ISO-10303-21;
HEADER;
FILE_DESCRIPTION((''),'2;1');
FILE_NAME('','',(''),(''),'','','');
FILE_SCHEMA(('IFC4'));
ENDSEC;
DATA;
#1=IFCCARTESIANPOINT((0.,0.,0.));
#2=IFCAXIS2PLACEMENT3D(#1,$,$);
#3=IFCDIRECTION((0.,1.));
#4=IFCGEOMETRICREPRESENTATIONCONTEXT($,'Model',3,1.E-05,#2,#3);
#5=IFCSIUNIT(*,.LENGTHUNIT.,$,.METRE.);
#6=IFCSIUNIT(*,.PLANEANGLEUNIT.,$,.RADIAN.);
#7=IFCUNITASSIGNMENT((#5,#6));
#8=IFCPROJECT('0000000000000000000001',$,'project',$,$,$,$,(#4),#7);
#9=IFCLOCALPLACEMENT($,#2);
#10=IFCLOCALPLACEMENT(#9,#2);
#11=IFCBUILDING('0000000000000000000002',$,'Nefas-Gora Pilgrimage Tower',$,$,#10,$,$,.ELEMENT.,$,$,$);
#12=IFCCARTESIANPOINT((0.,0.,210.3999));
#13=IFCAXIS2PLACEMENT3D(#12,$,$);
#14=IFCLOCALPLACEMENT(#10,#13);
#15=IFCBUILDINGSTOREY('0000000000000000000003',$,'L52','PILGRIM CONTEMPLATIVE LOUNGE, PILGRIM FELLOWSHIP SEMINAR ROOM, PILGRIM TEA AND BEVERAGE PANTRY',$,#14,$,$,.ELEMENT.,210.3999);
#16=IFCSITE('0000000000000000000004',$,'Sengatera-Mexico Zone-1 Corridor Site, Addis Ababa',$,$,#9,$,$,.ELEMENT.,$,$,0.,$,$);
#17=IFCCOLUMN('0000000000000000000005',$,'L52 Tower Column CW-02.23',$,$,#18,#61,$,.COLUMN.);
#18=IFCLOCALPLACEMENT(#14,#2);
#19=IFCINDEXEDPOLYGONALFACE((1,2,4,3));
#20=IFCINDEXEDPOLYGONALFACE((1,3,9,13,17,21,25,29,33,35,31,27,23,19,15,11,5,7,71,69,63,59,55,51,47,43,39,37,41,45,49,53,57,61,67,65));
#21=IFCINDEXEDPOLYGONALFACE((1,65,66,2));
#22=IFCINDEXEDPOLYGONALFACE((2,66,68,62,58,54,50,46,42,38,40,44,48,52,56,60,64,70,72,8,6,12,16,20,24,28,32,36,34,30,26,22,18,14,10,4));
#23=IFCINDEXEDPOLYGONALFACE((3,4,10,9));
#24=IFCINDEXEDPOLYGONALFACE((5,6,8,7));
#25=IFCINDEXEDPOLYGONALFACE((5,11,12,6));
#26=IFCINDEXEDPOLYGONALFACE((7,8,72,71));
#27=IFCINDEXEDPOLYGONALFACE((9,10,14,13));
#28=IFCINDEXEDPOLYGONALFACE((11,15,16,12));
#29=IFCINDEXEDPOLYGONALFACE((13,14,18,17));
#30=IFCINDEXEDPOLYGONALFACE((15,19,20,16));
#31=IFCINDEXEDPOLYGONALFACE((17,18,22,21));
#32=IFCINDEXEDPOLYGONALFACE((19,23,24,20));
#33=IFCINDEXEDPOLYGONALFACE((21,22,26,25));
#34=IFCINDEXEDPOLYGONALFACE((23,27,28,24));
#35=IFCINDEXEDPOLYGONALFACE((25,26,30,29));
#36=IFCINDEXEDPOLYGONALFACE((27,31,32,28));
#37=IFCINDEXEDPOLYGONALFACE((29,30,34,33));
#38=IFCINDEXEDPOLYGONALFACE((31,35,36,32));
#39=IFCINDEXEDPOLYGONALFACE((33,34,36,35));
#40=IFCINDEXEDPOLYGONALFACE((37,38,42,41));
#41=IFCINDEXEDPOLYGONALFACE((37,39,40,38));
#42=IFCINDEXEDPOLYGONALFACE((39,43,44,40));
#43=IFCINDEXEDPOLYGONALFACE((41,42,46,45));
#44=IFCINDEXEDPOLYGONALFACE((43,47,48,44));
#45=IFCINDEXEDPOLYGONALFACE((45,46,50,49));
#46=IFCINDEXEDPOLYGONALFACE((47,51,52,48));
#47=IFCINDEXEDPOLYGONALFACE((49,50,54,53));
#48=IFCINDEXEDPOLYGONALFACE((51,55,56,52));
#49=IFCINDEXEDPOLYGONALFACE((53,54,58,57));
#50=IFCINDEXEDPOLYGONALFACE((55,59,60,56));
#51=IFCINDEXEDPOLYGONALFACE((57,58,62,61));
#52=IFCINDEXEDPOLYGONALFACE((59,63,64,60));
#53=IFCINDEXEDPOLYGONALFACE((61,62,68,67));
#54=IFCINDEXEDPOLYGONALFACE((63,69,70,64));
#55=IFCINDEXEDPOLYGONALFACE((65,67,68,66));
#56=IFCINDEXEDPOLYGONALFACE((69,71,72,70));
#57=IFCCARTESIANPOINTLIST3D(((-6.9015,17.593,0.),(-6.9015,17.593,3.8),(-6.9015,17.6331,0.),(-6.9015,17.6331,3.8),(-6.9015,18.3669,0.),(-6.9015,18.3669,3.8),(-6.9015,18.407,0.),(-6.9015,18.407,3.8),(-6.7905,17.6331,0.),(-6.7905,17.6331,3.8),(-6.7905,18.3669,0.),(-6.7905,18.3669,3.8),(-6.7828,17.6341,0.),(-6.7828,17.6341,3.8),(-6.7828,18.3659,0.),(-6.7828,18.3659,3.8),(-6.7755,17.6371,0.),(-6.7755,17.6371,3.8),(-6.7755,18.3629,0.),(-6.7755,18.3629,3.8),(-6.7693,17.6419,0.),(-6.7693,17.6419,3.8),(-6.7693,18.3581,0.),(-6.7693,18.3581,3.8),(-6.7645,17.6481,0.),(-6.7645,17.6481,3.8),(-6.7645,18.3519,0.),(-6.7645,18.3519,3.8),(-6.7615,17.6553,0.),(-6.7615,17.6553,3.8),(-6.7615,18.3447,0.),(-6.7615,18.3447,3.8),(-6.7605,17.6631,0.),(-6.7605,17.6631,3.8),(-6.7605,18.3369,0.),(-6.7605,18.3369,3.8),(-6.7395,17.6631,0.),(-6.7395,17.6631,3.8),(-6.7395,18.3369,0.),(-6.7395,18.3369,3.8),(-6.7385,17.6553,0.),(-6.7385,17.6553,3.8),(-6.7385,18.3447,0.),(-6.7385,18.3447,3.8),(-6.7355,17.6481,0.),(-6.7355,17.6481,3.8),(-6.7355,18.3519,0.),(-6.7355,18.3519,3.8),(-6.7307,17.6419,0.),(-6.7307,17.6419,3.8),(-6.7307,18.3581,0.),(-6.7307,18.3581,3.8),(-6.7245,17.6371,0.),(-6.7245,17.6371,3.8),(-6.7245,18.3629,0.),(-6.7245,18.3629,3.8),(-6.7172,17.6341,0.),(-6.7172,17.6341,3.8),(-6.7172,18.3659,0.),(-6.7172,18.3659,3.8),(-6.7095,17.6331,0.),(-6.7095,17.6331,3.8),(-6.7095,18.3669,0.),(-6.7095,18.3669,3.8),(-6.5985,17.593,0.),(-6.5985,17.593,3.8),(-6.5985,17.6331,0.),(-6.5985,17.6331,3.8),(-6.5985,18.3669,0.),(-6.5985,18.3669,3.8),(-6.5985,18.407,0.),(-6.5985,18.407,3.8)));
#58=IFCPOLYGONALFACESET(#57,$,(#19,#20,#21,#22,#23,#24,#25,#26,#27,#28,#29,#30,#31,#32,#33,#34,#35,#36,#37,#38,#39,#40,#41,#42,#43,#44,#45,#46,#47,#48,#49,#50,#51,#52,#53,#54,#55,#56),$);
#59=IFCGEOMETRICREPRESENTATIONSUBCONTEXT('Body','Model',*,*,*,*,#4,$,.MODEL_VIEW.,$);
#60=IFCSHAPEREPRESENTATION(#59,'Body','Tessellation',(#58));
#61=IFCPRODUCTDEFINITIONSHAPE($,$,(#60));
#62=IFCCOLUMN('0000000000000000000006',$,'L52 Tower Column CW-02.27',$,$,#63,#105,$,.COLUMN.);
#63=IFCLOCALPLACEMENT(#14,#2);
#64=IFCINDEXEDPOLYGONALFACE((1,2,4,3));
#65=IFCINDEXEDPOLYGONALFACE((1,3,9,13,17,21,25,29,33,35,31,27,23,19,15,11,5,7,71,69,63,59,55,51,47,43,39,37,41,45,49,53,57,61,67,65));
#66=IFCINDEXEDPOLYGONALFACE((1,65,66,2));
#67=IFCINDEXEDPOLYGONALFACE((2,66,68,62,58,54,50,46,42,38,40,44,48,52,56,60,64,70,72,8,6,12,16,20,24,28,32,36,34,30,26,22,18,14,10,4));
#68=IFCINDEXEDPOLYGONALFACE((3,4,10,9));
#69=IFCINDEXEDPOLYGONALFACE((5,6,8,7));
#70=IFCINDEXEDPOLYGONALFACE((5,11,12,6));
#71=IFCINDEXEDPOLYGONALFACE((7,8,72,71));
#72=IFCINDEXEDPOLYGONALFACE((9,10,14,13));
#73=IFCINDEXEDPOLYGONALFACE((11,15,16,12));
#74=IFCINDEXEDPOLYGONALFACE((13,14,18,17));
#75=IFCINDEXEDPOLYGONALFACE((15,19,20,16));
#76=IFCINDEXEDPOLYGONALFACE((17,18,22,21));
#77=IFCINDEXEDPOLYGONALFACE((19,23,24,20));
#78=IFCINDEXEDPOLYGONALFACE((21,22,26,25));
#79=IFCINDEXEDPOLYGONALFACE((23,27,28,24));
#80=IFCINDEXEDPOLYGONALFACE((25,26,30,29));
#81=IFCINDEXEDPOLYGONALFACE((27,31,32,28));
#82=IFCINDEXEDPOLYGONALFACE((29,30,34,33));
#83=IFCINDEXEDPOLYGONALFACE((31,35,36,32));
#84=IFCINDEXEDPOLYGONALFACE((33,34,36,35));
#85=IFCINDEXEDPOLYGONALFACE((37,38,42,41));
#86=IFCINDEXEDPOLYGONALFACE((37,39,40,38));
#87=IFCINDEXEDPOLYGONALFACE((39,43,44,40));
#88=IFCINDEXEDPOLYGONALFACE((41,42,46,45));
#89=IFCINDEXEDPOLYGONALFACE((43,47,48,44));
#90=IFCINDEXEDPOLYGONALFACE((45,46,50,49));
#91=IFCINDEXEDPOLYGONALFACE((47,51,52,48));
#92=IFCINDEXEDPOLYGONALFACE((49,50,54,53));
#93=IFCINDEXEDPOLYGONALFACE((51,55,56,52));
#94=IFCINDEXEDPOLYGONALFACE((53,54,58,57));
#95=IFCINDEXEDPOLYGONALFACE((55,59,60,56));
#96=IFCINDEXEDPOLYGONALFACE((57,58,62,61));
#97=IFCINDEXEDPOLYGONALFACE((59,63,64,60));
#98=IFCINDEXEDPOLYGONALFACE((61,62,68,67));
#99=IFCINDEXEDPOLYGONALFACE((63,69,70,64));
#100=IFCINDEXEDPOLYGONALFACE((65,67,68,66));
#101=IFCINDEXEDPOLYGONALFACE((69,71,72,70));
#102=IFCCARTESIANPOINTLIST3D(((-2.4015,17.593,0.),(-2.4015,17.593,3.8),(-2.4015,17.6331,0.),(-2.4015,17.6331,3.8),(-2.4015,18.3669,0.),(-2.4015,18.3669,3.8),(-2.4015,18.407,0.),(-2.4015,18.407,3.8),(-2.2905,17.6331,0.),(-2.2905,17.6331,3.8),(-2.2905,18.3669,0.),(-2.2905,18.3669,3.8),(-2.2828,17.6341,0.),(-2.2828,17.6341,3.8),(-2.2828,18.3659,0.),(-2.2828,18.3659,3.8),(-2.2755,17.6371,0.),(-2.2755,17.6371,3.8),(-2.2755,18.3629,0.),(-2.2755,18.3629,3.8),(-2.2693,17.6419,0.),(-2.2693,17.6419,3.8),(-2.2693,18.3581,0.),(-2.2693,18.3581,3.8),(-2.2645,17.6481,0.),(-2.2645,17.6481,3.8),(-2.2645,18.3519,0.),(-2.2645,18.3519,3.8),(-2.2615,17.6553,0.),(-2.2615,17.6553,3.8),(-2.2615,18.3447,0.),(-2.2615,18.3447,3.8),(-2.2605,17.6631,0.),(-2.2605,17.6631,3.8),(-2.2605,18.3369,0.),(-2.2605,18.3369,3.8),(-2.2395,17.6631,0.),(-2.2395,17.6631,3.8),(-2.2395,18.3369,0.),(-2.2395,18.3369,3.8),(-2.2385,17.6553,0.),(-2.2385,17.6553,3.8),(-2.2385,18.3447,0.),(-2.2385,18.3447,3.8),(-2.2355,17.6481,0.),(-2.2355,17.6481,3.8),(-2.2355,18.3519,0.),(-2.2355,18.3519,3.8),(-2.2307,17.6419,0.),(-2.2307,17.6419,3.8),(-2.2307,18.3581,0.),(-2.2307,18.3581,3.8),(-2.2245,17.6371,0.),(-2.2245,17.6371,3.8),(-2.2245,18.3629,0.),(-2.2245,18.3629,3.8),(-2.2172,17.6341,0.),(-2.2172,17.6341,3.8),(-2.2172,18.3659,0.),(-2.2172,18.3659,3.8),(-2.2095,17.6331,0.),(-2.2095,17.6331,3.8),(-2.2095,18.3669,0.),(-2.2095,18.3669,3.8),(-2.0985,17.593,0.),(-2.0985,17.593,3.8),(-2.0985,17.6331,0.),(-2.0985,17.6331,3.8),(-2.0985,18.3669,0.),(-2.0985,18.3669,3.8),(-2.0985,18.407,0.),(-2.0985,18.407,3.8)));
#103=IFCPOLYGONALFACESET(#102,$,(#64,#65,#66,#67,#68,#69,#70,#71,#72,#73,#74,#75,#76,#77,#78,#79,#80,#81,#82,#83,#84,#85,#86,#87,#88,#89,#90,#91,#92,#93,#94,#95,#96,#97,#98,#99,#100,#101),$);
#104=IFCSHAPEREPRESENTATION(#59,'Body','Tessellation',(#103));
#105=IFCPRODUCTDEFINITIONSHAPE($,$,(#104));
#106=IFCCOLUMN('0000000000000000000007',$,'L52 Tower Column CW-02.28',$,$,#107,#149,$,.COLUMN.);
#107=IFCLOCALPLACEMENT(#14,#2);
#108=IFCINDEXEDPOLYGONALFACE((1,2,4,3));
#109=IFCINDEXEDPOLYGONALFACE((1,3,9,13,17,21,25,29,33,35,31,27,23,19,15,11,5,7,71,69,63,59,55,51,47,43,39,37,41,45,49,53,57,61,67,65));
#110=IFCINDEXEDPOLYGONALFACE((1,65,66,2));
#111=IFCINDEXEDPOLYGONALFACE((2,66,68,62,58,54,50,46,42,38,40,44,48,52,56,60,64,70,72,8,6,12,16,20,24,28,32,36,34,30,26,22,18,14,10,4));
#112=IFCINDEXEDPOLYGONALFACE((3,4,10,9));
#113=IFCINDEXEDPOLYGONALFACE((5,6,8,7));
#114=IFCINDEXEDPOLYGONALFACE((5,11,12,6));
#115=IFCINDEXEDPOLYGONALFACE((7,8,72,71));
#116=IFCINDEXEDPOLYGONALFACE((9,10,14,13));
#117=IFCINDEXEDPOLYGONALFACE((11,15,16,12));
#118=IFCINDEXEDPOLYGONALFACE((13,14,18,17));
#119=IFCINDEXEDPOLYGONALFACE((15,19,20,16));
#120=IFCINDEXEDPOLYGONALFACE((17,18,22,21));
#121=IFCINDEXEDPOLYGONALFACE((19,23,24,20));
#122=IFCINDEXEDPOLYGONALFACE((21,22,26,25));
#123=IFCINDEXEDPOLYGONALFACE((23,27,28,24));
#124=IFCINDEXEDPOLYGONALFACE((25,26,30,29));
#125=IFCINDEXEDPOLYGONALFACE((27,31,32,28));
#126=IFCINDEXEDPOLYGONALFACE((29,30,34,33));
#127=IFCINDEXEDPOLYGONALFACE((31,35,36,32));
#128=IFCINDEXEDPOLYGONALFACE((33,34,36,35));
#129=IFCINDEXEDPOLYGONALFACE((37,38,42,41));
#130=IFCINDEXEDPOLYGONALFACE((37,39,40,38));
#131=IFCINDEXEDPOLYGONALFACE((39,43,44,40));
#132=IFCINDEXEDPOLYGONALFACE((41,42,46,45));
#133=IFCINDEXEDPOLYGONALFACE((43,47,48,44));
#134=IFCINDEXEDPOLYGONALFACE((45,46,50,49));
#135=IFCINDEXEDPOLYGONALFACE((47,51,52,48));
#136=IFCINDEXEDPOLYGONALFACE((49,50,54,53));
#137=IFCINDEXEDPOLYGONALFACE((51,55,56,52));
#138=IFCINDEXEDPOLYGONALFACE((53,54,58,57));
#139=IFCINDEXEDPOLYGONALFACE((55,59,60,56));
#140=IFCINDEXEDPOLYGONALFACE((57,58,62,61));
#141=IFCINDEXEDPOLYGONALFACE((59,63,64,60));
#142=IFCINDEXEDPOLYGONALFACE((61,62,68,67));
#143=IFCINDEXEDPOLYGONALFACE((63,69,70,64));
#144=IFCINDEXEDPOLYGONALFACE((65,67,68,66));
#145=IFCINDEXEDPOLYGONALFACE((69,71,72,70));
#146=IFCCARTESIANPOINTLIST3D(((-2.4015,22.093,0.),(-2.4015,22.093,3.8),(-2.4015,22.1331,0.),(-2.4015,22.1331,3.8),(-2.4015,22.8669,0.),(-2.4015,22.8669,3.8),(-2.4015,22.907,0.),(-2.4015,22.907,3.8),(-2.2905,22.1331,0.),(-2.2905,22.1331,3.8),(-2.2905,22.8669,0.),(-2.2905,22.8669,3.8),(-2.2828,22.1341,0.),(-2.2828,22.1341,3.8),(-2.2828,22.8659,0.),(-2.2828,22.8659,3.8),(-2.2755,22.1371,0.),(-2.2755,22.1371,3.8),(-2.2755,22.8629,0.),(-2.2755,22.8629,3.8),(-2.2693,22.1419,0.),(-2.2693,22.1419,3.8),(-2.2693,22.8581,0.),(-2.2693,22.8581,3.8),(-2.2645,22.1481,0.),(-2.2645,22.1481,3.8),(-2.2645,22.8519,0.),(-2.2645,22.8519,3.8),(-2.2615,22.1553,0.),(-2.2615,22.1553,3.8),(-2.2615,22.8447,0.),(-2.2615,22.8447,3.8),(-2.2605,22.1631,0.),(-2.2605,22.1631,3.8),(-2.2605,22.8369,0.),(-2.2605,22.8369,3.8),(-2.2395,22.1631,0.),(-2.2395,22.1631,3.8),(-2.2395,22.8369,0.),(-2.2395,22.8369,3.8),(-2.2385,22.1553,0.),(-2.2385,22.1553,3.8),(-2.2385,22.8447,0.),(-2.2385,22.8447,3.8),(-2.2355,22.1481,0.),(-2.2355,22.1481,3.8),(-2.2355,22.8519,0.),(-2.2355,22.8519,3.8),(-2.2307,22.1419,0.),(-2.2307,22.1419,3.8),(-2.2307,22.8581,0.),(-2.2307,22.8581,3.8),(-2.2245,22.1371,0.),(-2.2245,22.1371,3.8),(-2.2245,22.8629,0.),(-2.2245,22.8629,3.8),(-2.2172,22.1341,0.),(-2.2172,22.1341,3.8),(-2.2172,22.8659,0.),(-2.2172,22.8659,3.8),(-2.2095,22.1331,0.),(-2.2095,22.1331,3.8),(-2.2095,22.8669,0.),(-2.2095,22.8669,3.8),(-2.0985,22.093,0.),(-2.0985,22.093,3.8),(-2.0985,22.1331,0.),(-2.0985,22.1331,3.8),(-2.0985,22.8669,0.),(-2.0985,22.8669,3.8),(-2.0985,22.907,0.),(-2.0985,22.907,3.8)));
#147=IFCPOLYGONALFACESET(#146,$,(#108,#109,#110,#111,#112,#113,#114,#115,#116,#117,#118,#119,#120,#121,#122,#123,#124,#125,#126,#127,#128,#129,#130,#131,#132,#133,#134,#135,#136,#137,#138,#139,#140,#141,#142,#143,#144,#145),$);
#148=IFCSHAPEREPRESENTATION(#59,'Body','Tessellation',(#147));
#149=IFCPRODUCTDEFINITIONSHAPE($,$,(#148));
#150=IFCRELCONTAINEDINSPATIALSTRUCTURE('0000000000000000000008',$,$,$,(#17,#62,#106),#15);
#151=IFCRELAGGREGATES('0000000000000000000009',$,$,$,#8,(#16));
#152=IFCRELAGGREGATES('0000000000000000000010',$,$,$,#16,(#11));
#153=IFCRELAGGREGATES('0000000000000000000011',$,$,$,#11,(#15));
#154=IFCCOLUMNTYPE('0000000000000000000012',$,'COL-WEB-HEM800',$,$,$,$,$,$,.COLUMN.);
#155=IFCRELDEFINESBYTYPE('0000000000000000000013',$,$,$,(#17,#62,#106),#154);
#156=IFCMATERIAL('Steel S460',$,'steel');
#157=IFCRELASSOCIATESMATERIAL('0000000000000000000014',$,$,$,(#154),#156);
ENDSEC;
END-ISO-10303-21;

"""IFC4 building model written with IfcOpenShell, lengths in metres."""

from ifc_helpers import new_model, si_unit, direction, frame, origin, origin_2d, place, context, subcontext, project, spatial, i_section, extrude, source, transform, mapped, material, material_profile, profile_set, type_object, element, save


model = new_model("IFC4")

# Units and contexts
model_context = context("Model", 3, precision=1e-05, world=origin(), true_north=direction((0.0, 1.0)))
body_context = subcontext(model_context, "Body", "Model", "MODEL_VIEW")
ifc_project = project(units=[si_unit("LENGTHUNIT", "METRE"), si_unit("PLANEANGLEUNIT", "RADIAN")], contexts=[model_context])

# Site, building, storey
site_placement = place(None, origin())
site = spatial("IfcSite", under=ifc_project, at=site_placement, Name="Sengatera-Mexico Zone-1 Corridor Site, Addis Ababa", CompositionType="ELEMENT", RefElevation=0.0)
building_placement = place(site_placement, origin())
building = spatial("IfcBuilding", under=site, at=building_placement, Name="Nefas-Gora Pilgrimage Tower", CompositionType="ELEMENT")
storey_placement = place(building_placement, frame((0.0, 0.0, 210.3999)))
storey = spatial("IfcBuildingStorey", under=building, at=storey_placement, Name="L52", Description="PILGRIM CONTEMPLATIVE LOUNGE, PILGRIM FELLOWSHIP SEMINAR ROOM, PILGRIM TEA AND BEVERAGE PANTRY", CompositionType="ELEMENT", Elevation=210.3999)

# Columns
ifc_material_1 = material(Name="Steel S460", Category="steel")
ifc_material_profile_1 = material_profile(ifc_material_1, i_section(OverallWidth=0.303, OverallDepth=0.814, WebThickness=0.021, FlangeThickness=0.04, FilletRadius=0.03, at=origin_2d()), Name="HEM 800")
ifc_profile_set_1 = profile_set([ifc_material_profile_1], Name="Steel S460")
column_type_1 = type_object("IfcColumnType", Name="COL-WEB-HEM800", PredefinedType="COLUMN", material=ifc_profile_set_1)
shared_shape_1 = source(origin(), body_context, "Body", "SweptSolid", [
    extrude(i_section(OverallWidth=0.303, OverallDepth=0.814, WebThickness=0.021, FlangeThickness=0.04, FilletRadius=0.03, at=origin_2d()), origin(), (0.0, 0.0, 1.0), 3.8),
])
for number, where, z_axis, x_axis, name in (
    (1, (-6.75, 18.0, 0.0), (0.0, 0.0, 1.0), (1.0, 0.0, 0.0), "L52 Tower Column CW-02.23"),
    (2, (-2.25, 18.0, 0.0), (0.0, 0.0, 1.0), (1.0, 0.0, 0.0), "L52 Tower Column CW-02.27"),
    (3, (-2.25, 22.5, 0.0), (0.0, 0.0, 1.0), (1.0, 0.0, 0.0), "L52 Tower Column CW-02.28"),
):
    element("IfcColumn", number, at=place(storey_placement, frame(where, z_axis=z_axis, x_axis=x_axis)), inside=storey, type_object=column_type_1, Name=name, PredefinedType="COLUMN", context=body_context, shape_type="MappedRepresentation", body=[
        mapped(shared_shape_1, transform((0.0, 0.0, 0.0), x_axis=(1.0, 0.0, 0.0), y_axis=(0.0, 1.0, 0.0), z_axis=(0.0, 0.0, 1.0), scale=1.0)),
    ])

save(model, "model.ifc")
